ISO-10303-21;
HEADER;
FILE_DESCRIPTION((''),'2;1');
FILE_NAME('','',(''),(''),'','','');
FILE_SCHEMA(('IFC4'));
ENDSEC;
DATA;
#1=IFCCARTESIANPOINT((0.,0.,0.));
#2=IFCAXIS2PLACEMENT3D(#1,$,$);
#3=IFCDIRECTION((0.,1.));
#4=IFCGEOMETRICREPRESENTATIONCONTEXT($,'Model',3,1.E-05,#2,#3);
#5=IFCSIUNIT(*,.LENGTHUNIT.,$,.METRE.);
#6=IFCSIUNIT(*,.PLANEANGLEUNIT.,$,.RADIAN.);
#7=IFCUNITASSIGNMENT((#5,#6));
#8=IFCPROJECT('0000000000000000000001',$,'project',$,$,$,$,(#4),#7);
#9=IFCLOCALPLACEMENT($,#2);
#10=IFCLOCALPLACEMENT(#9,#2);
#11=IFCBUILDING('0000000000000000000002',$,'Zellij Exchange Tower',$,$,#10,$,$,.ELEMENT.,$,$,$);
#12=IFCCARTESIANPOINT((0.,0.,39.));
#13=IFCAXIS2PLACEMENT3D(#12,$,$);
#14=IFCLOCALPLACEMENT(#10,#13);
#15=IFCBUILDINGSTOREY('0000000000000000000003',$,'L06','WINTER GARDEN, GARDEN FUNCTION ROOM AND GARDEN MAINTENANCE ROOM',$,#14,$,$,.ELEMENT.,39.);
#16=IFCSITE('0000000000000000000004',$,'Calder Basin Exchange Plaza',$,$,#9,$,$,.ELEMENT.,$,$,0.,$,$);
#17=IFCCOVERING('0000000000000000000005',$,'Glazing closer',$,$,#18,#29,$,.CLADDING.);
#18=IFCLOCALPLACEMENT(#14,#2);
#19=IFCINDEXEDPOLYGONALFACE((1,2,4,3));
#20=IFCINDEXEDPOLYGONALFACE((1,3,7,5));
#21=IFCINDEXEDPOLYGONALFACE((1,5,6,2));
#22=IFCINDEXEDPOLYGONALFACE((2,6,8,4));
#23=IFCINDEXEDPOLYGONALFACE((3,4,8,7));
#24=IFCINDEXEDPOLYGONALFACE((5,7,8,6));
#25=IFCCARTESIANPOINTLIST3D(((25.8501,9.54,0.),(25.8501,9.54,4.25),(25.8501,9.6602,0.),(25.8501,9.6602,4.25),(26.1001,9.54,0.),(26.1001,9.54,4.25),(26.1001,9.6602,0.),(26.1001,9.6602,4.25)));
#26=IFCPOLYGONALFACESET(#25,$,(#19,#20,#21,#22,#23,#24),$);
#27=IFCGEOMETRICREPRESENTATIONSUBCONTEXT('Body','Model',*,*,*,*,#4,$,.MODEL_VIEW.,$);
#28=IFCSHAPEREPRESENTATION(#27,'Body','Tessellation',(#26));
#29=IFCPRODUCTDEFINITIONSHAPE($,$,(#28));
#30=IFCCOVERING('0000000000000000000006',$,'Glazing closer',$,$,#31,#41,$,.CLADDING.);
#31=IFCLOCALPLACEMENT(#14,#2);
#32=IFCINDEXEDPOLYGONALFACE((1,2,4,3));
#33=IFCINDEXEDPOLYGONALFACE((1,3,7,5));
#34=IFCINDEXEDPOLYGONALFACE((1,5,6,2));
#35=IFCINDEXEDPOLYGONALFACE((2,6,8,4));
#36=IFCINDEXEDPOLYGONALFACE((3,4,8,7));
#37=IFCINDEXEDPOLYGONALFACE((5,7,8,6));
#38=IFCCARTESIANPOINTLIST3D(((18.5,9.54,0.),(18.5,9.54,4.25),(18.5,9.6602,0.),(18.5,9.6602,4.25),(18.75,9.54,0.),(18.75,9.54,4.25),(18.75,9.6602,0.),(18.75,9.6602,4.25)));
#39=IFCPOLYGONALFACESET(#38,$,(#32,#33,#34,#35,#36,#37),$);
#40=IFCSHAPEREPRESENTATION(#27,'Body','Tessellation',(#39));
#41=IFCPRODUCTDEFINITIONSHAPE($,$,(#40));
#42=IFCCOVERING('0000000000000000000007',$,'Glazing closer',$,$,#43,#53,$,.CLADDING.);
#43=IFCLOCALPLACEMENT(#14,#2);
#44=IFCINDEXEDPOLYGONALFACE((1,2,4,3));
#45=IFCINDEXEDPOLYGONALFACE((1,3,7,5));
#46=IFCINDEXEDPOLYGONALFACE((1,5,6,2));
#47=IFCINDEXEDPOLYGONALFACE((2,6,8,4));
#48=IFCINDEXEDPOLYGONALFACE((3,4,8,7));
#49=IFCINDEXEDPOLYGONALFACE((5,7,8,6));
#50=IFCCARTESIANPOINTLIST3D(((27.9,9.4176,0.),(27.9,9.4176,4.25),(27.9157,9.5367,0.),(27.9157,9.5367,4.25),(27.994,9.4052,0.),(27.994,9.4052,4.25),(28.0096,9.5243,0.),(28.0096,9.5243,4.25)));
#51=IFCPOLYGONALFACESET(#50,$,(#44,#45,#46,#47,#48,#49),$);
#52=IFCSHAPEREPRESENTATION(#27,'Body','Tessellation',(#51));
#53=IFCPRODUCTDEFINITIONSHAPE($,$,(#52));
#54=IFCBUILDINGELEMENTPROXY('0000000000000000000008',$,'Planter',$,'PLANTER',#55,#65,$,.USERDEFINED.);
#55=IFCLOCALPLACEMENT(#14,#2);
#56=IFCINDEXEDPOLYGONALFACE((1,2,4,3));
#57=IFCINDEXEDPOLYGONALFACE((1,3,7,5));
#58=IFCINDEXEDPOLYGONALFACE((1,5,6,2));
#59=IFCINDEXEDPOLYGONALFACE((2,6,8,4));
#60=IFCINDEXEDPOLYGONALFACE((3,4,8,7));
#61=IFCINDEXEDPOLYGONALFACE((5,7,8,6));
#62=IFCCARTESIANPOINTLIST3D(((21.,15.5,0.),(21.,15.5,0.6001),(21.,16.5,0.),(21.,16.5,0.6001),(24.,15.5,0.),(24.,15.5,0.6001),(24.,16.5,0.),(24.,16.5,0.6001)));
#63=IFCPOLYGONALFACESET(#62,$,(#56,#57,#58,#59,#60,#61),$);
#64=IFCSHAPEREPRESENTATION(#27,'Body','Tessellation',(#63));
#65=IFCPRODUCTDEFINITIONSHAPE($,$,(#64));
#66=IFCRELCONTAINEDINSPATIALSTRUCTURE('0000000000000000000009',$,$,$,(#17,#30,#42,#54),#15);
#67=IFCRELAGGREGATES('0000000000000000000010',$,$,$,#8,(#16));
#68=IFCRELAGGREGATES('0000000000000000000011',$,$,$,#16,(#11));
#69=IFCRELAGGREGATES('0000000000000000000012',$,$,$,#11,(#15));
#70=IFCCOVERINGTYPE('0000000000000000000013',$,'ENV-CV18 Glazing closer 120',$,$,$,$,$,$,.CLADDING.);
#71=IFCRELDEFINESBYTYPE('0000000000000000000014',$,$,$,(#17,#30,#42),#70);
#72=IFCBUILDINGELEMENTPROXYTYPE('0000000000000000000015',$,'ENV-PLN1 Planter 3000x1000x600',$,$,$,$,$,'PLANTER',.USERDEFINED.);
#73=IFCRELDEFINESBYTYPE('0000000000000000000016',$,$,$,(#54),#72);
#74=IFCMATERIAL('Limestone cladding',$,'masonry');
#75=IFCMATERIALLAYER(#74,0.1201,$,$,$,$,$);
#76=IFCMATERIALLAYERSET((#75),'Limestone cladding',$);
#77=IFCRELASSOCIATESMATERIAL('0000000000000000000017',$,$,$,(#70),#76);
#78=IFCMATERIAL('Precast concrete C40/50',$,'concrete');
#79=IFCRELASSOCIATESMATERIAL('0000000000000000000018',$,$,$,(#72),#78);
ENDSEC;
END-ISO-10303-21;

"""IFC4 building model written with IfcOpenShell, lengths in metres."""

from ifc_helpers import new_model, si_unit, direction, frame, origin, origin_2d, place, context, subcontext, project, spatial, rectangle, extrude, material, layer, layer_set, type_object, element, save


model = new_model("IFC4")

# Units and contexts
model_context = context("Model", 3, precision=1e-05, world=origin(), true_north=direction((0.0, 1.0)))
body_context = subcontext(model_context, "Body", "Model", "MODEL_VIEW")
ifc_project = project(units=[si_unit("LENGTHUNIT", "METRE"), si_unit("PLANEANGLEUNIT", "RADIAN")], contexts=[model_context])

# Site, building, storey
site_placement = place(None, origin())
site = spatial("IfcSite", under=ifc_project, at=site_placement, Name="Calder Basin Exchange Plaza", CompositionType="ELEMENT", RefElevation=0.0)
building_placement = place(site_placement, origin())
building = spatial("IfcBuilding", under=site, at=building_placement, Name="Zellij Exchange Tower", CompositionType="ELEMENT")
storey_placement = place(building_placement, frame((0.0, 0.0, 39.0)))
storey = spatial("IfcBuildingStorey", under=building, at=storey_placement, Name="L06", Description="WINTER GARDEN, GARDEN FUNCTION ROOM AND GARDEN MAINTENANCE ROOM", CompositionType="ELEMENT", Elevation=39.0)

# Shared definitions
ifc_material_1 = material(Name="Precast concrete C40/50", Category="concrete")

# Coverings
ifc_material_2 = material(Name="Limestone cladding", Category="masonry")
ifc_layer_1 = layer(ifc_material_2, 0.1201)
ifc_layer_set_1 = layer_set([ifc_layer_1], Name="Limestone cladding")
covering_type = type_object("IfcCoveringType", Name="ENV-CV18 Glazing closer 120", PredefinedType="CLADDING", material=ifc_layer_set_1)
for number, where, z_axis, x_axis, name in (
    (1, (25.9751, 9.6001, 0.0), (0.0, 0.0, 1.0), (1.0, 0.0, 0.0), "Glazing closer"),
    (2, (18.625, 9.6001, 0.0), (0.0, 0.0, 1.0), (-1.0, 0.0, 0.0), "Glazing closer"),
):
    element("IfcCovering", number, at=place(storey_placement, frame(where, z_axis=z_axis, x_axis=x_axis)), inside=storey, type_object=covering_type, Name=name, PredefinedType="CLADDING", context=body_context, shape_type="SweptSolid", body=[
        extrude(rectangle(XDim=0.25, YDim=0.1201, at=origin_2d()), origin(), (0.0, 0.0, 1.0), 4.25),
    ])
covering_1_placement = place(storey_placement, frame((27.9548, 9.4709, 0.0), z_axis=(0.0, 0.0, 1.0), x_axis=(-0.991449, 0.130499, 0.0)))
element("IfcCovering", 3, at=covering_1_placement, inside=storey, type_object=covering_type, Name="Glazing closer", PredefinedType="CLADDING", context=body_context, shape_type="SweptSolid", body=[
    extrude(rectangle(XDim=0.0947, YDim=0.1201, at=origin_2d()), origin(), (0.0, 0.0, 1.0), 4.25),
])

# Building element proxy
building_element_proxy_type = type_object("IfcBuildingElementProxyType", Name="ENV-PLN1 Planter 3000x1000x600", ElementType="PLANTER", PredefinedType="USERDEFINED", material=ifc_material_1)
proxy_placement = place(storey_placement, frame((22.5, 16.0, 0.0), z_axis=(0.0, 0.0, 1.0), x_axis=(1.0, 0.0, 0.0)))
element("IfcBuildingElementProxy", 4, at=proxy_placement, inside=storey, type_object=building_element_proxy_type, Name="Planter", ObjectType="PLANTER", PredefinedType="USERDEFINED", context=body_context, shape_type="SweptSolid", body=[
    extrude(rectangle(XDim=3.0, YDim=1.0, at=origin_2d()), origin(), (0.0, 0.0, 1.0), 0.6001),
])

save(model, "model.ifc")
